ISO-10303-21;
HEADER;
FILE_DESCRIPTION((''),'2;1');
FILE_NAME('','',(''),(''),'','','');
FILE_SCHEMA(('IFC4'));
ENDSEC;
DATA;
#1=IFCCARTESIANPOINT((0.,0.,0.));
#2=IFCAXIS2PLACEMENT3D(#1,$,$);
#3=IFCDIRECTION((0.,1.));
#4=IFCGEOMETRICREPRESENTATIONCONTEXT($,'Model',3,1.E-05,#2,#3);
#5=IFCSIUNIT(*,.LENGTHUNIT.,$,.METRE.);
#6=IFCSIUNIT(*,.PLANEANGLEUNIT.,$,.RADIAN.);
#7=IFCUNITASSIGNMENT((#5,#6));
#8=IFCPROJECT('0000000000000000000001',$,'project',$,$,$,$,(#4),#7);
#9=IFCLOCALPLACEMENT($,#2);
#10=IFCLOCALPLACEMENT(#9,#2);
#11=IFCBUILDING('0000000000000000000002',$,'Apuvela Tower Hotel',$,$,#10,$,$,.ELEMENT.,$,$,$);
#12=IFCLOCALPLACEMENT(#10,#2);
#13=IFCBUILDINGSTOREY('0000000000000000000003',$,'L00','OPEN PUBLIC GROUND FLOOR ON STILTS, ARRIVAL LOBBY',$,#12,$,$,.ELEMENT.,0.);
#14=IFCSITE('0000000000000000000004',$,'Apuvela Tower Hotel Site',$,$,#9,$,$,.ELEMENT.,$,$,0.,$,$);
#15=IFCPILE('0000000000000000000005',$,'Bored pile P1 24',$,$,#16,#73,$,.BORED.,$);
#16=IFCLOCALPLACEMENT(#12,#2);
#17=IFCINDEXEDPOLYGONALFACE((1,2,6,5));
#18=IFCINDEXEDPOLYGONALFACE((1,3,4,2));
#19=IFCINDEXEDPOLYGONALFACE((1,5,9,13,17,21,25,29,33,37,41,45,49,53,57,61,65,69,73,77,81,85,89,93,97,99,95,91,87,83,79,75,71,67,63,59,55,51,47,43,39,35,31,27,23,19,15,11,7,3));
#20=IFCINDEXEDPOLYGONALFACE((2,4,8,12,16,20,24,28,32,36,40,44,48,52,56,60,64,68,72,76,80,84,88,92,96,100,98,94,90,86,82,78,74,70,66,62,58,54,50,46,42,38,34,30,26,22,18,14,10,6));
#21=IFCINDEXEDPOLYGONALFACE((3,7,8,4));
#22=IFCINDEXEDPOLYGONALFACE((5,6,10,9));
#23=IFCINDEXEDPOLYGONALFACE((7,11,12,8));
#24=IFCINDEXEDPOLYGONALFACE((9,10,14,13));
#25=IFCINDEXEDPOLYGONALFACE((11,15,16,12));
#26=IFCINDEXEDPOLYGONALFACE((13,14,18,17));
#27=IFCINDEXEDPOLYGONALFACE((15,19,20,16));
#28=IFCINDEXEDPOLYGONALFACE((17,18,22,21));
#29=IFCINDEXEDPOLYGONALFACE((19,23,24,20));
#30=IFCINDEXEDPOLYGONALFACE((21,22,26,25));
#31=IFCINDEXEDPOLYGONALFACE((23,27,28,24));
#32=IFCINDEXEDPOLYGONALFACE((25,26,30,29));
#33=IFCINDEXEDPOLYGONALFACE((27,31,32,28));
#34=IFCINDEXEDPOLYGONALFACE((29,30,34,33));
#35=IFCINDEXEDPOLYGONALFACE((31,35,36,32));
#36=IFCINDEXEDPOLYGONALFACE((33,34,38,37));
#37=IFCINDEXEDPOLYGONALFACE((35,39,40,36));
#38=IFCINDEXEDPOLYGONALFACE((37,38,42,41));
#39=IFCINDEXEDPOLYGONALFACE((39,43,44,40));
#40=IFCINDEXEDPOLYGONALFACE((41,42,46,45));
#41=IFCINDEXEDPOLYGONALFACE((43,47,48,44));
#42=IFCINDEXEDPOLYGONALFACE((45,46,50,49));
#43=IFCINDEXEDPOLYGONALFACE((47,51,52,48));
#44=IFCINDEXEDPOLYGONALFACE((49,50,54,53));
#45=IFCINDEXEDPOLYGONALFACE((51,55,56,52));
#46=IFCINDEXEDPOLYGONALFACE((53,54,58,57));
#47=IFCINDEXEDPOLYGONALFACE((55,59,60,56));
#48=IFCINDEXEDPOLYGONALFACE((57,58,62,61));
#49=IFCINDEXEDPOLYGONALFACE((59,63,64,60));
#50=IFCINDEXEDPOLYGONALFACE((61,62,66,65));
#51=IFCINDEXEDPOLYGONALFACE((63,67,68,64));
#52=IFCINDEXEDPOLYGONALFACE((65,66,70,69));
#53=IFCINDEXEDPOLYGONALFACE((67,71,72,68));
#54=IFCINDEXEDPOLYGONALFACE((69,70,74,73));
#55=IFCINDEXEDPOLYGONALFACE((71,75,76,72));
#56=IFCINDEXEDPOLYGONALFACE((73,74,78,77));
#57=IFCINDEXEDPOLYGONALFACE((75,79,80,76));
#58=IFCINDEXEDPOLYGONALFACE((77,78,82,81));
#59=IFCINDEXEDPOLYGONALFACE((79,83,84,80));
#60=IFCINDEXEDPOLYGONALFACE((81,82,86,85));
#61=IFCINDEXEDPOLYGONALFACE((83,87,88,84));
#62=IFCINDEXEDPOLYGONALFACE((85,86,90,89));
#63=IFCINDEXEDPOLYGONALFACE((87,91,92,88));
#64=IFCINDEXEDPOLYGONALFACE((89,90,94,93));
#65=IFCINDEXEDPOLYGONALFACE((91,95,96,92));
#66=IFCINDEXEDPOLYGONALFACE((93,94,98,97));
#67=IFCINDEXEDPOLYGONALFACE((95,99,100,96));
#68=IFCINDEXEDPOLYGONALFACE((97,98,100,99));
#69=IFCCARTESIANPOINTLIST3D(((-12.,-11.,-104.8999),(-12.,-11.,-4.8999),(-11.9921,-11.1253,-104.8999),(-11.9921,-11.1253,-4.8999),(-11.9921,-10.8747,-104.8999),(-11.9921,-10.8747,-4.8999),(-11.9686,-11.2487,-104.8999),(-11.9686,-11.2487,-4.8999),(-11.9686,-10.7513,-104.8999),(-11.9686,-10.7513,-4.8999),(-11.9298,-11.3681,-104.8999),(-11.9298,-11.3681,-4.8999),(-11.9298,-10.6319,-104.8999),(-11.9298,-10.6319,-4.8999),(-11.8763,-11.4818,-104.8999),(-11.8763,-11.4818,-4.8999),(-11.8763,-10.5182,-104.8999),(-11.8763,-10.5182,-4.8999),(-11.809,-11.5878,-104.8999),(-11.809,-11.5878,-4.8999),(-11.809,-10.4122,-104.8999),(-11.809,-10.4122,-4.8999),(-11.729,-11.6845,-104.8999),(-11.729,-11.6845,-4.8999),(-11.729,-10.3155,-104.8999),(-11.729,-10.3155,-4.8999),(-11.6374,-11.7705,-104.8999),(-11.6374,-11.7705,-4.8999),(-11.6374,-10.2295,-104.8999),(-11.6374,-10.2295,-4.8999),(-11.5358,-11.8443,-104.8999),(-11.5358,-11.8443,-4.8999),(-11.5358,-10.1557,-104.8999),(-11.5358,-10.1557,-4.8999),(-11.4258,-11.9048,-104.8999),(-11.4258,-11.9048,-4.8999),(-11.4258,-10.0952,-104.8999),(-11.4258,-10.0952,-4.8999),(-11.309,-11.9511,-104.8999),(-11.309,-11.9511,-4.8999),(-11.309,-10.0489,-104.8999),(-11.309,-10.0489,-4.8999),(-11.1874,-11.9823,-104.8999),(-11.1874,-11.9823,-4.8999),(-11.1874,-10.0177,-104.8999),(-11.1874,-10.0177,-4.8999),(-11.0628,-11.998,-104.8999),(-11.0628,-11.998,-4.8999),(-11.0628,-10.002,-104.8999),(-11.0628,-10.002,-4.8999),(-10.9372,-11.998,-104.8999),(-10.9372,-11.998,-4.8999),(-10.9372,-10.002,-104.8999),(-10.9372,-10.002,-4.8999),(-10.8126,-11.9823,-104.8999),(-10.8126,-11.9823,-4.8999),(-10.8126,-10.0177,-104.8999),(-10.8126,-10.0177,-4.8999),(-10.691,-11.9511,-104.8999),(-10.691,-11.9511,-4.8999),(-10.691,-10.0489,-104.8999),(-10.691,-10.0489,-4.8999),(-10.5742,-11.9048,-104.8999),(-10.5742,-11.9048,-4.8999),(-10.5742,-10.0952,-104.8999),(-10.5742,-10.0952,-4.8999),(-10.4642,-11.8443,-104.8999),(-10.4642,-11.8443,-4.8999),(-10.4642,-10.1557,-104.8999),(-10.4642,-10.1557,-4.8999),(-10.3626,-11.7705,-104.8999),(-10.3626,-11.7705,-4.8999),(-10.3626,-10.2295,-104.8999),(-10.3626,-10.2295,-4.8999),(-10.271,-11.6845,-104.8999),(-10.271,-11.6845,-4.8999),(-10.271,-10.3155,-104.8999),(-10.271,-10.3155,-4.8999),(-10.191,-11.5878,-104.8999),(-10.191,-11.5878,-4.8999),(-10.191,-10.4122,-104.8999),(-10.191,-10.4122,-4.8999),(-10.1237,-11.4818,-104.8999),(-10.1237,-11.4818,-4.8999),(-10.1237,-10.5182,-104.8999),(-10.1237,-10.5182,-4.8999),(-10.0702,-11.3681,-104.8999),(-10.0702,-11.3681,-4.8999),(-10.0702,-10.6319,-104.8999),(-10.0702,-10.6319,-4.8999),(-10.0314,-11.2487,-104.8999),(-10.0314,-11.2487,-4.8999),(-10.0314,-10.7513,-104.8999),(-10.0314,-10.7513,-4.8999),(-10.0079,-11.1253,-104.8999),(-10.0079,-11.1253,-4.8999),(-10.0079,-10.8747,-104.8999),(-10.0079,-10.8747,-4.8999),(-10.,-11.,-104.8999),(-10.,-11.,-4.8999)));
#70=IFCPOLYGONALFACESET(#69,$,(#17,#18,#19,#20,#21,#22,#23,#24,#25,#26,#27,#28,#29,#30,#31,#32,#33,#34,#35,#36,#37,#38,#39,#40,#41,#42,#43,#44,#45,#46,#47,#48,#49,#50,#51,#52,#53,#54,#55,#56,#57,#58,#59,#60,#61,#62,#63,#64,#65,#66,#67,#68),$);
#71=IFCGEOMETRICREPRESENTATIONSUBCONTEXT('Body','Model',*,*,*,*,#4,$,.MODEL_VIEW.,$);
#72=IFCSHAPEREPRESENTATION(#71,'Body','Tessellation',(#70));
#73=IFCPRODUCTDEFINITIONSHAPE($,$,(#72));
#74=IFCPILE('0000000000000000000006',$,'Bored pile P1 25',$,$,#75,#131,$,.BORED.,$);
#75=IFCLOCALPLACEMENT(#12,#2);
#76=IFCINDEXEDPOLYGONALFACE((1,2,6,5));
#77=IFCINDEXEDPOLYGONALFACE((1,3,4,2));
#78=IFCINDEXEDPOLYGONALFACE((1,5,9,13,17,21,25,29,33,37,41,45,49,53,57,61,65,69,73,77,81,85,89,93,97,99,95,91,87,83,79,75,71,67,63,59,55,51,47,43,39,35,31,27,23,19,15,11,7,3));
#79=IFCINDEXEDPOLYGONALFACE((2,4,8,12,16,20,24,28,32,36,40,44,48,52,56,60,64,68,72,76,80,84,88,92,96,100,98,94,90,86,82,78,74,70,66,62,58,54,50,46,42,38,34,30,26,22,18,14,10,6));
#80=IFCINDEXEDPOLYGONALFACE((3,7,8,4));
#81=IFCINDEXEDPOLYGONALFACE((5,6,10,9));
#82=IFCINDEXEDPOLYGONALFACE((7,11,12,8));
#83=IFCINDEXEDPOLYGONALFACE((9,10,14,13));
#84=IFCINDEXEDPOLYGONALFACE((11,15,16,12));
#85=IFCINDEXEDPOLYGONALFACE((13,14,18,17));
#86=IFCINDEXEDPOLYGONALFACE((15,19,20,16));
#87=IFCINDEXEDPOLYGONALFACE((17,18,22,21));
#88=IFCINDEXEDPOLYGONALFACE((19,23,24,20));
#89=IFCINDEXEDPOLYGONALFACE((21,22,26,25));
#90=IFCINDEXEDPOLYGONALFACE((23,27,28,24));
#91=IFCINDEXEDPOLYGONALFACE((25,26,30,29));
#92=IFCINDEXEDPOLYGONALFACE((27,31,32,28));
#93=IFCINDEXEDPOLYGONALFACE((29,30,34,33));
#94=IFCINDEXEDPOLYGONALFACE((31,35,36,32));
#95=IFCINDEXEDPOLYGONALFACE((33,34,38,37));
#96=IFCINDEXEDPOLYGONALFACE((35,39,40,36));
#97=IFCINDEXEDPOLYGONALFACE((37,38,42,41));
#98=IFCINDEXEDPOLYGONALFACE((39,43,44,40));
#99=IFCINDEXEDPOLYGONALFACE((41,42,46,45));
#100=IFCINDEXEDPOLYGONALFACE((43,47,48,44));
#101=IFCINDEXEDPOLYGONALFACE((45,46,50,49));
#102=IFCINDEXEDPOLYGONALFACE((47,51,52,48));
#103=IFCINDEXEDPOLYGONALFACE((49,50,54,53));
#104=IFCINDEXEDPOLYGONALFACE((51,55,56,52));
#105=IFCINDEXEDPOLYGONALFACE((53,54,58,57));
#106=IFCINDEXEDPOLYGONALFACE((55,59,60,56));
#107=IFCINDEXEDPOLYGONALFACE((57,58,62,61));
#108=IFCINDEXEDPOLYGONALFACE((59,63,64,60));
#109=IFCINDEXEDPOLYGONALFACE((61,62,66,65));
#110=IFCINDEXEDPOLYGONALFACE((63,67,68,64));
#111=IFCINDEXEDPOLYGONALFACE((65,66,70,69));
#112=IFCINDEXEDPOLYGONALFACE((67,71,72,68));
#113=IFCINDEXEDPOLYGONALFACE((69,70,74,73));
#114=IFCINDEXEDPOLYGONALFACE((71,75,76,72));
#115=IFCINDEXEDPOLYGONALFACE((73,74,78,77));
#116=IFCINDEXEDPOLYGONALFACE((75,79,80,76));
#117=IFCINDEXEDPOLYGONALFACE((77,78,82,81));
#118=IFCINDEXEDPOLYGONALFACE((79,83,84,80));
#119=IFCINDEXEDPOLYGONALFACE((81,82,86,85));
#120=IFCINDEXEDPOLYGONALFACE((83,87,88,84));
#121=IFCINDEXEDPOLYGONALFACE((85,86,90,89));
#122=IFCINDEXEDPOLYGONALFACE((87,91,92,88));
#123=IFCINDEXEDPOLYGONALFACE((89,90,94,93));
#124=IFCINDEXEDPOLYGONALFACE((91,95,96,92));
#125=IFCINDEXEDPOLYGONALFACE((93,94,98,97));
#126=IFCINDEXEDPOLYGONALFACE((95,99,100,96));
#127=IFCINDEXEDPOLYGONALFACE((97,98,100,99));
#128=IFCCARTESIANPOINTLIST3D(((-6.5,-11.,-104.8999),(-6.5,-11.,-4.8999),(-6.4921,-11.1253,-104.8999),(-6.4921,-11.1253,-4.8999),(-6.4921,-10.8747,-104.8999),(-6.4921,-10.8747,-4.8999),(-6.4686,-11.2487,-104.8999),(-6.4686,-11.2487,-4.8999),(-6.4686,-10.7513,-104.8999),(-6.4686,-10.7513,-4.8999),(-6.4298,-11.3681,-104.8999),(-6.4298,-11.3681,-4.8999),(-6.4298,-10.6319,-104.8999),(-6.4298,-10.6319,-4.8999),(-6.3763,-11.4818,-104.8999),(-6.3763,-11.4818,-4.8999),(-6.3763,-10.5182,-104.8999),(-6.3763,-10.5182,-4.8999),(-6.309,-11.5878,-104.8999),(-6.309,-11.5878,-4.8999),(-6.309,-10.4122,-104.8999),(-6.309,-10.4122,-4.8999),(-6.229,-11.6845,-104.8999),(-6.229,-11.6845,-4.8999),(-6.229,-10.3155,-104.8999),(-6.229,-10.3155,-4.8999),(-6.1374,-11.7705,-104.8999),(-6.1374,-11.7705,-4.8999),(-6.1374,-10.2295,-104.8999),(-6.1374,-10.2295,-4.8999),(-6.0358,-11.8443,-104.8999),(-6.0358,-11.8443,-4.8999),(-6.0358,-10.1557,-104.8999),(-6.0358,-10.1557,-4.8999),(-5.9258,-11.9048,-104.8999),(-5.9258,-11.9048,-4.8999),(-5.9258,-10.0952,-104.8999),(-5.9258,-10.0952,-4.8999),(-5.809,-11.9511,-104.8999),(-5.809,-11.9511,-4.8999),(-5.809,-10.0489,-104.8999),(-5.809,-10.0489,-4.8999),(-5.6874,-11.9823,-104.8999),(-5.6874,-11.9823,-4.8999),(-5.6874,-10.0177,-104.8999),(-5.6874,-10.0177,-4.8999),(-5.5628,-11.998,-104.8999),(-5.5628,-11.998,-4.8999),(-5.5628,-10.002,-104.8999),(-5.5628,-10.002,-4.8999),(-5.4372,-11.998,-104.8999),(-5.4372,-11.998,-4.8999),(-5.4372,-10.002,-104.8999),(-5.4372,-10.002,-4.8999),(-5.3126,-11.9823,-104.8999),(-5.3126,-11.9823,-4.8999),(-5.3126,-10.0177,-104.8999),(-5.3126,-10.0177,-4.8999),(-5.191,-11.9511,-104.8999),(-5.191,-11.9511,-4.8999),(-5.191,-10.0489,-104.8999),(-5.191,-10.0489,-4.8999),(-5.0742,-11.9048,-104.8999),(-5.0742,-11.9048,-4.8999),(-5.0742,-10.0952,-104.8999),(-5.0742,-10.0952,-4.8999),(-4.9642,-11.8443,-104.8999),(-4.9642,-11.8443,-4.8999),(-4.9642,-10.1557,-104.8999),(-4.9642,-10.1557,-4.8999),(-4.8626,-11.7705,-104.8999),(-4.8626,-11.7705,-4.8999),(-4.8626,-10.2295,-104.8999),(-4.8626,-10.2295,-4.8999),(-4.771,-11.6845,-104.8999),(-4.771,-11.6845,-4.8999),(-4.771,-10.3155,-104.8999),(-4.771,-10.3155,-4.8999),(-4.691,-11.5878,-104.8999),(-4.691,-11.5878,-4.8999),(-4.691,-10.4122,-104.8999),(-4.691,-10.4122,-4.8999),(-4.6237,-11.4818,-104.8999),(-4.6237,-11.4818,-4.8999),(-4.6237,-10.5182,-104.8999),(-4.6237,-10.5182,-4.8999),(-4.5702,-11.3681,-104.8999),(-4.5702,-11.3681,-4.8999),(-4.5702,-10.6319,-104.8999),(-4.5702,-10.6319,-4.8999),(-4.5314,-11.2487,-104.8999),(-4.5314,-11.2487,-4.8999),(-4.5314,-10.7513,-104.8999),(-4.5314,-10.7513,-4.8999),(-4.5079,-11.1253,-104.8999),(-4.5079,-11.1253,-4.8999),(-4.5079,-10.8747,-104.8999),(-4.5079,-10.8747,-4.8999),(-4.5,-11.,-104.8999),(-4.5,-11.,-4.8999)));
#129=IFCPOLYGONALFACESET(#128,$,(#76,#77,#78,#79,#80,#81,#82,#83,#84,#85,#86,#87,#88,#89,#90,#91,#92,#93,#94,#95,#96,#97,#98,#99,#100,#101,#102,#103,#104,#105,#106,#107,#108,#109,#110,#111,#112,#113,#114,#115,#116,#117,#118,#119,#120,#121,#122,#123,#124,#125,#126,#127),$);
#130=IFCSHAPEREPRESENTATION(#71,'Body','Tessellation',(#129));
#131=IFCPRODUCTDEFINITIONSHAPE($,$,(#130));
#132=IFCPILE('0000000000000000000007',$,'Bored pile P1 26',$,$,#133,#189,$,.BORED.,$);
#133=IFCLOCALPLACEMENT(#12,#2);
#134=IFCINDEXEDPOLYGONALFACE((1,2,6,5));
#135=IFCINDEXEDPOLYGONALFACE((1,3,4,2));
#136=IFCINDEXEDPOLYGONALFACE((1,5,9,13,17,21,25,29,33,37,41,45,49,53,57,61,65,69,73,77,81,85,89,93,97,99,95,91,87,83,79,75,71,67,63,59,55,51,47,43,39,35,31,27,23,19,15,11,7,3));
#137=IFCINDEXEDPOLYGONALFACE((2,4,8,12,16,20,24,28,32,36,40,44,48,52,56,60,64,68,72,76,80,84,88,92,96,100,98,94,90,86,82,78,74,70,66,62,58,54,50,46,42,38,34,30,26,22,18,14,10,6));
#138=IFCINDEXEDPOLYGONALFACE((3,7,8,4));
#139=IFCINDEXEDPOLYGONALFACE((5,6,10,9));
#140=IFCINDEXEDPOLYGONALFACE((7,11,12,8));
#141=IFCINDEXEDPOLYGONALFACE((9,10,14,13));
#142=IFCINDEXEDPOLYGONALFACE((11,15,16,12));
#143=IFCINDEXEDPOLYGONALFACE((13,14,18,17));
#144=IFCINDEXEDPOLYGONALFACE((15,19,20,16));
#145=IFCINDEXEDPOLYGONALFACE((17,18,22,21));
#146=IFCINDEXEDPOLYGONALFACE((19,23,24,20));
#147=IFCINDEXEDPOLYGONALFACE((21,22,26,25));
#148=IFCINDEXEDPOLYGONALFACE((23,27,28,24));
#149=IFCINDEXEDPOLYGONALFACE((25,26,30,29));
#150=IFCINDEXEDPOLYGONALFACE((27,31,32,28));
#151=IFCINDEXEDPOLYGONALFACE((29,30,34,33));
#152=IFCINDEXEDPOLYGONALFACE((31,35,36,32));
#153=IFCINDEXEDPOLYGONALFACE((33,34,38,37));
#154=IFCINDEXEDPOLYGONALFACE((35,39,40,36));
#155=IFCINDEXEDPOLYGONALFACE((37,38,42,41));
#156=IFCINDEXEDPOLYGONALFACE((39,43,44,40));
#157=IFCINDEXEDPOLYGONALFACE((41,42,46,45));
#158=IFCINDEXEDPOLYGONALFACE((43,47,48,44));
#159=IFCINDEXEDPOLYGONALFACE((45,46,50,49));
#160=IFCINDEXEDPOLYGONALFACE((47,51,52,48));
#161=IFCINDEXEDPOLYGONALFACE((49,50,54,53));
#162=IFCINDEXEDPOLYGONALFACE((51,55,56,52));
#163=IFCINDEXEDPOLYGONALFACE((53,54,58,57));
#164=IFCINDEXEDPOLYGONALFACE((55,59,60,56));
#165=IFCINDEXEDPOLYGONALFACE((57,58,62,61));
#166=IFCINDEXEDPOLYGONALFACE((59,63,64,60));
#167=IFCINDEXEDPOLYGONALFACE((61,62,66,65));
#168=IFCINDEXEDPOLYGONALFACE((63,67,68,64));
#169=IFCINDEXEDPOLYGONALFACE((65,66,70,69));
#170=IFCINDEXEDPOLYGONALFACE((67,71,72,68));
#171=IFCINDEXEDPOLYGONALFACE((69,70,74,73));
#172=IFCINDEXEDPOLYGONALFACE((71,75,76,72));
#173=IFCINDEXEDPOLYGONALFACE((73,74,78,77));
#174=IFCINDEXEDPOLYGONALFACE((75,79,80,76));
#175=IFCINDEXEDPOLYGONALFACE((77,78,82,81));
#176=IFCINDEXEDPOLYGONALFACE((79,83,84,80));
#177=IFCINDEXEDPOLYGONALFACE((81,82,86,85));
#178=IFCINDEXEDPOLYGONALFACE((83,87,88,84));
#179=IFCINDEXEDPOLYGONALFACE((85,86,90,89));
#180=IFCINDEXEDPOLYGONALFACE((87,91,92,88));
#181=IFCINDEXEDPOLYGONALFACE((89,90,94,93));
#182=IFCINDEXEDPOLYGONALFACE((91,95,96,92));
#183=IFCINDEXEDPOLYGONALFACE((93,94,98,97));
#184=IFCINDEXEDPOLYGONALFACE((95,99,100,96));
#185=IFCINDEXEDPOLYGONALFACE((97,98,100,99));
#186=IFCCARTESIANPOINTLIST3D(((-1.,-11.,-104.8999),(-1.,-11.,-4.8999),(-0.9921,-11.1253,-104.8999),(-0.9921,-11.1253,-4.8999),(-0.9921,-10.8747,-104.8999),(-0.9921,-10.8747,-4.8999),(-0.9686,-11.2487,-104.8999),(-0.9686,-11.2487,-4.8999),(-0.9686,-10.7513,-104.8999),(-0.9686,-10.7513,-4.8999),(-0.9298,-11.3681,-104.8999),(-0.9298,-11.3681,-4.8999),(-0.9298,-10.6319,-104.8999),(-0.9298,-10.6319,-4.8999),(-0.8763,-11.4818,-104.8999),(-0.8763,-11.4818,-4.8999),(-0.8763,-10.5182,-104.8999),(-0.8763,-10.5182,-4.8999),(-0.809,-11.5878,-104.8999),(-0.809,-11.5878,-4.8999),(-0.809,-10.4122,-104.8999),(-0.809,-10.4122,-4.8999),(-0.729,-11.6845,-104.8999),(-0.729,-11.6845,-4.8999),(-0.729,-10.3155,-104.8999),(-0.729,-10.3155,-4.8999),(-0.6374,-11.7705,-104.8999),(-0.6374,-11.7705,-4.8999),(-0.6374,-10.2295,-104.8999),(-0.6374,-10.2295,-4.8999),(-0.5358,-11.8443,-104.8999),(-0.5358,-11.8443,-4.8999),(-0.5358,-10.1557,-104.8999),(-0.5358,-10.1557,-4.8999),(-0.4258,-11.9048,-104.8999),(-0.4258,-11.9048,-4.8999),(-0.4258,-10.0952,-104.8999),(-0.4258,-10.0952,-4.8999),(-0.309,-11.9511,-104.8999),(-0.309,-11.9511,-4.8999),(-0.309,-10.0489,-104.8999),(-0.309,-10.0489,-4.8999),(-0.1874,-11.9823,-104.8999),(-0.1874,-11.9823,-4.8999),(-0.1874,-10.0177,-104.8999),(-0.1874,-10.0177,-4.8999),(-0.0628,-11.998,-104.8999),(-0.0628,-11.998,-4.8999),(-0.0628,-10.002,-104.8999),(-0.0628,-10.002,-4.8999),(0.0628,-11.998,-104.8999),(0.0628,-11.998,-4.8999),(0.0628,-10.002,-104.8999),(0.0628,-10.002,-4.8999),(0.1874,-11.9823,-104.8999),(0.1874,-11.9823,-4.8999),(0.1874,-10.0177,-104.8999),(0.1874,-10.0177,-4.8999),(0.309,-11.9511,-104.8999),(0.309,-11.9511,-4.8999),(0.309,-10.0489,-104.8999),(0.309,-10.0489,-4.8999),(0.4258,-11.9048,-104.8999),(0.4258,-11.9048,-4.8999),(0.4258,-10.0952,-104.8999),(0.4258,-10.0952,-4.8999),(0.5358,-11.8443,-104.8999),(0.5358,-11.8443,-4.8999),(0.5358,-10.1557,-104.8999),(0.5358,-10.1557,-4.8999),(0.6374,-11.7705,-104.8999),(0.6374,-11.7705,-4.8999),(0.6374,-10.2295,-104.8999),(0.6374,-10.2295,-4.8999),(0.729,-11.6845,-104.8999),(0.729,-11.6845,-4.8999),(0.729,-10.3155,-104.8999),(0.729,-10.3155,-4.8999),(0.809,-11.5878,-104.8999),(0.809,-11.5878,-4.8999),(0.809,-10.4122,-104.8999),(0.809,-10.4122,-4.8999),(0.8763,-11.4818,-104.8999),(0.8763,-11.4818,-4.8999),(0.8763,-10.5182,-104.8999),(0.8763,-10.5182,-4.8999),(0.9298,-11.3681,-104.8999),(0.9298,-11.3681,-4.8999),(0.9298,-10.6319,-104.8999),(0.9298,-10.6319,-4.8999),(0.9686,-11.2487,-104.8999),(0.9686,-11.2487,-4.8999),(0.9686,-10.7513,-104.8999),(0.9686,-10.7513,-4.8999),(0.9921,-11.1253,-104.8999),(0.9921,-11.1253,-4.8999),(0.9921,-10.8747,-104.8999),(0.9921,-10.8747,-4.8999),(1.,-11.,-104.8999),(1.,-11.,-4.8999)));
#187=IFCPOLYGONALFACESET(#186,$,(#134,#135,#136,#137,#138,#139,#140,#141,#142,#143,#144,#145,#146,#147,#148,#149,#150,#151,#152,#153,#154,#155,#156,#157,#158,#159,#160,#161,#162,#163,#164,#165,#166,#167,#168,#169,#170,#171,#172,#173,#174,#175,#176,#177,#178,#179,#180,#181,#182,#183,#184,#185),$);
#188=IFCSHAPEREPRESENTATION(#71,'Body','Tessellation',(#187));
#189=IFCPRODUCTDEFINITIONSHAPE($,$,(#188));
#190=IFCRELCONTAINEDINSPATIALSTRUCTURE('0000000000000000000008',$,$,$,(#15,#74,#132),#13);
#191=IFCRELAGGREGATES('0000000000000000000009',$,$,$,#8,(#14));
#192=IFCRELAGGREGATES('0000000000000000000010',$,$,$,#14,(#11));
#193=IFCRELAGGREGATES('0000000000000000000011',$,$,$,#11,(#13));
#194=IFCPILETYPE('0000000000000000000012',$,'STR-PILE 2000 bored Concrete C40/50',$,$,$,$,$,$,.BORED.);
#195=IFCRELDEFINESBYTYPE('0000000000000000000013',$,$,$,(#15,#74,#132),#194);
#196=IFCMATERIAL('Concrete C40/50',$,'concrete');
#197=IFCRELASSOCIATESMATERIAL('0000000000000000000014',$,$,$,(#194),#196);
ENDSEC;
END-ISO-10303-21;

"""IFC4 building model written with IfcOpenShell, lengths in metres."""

from ifc_helpers import new_model, si_unit, direction, frame, origin, origin_2d, place, context, subcontext, project, spatial, circle, extrude, material, material_profile, profile_set, type_object, element, save


model = new_model("IFC4")

# Units and contexts
model_context = context("Model", 3, precision=1e-05, world=origin(), true_north=direction((0.0, 1.0)))
body_context = subcontext(model_context, "Body", "Model", "MODEL_VIEW")
ifc_project = project(units=[si_unit("LENGTHUNIT", "METRE"), si_unit("PLANEANGLEUNIT", "RADIAN")], contexts=[model_context])

# Site, building, storey
site_placement = place(None, origin())
site = spatial("IfcSite", under=ifc_project, at=site_placement, Name="Apuvela Tower Hotel Site", CompositionType="ELEMENT", RefElevation=0.0)
building_placement = place(site_placement, origin())
building = spatial("IfcBuilding", under=site, at=building_placement, Name="Apuvela Tower Hotel", CompositionType="ELEMENT")
storey_placement = place(building_placement, origin())
storey = spatial("IfcBuildingStorey", under=building, at=storey_placement, Name="L00", Description="OPEN PUBLIC GROUND FLOOR ON STILTS, ARRIVAL LOBBY", CompositionType="ELEMENT", Elevation=0.0)

# Piles
ifc_material_1 = material(Name="Concrete C40/50", Category="concrete")
ifc_material_profile_1 = material_profile(ifc_material_1, circle(Radius=1.0, at=origin_2d()), Name="PILE 2000")
ifc_profile_set_1 = profile_set([ifc_material_profile_1], Name="Concrete C40/50")
pile_type = type_object("IfcPileType", Name="STR-PILE 2000 bored Concrete C40/50", PredefinedType="BORED", material=ifc_profile_set_1)
for number, where, z_axis, x_axis, name in (
    (1, (-11.0, -11.0, -4.8999), (0.0, 0.0, -1.0), (1.0, 0.0, 0.0), "Bored pile P1 24"),
    (2, (-5.5, -11.0, -4.8999), (0.0, 0.0, -1.0), (1.0, 0.0, 0.0), "Bored pile P1 25"),
    (3, (0.0, -11.0, -4.8999), (0.0, 0.0, -1.0), (1.0, 0.0, 0.0), "Bored pile P1 26"),
):
    element("IfcPile", number, at=place(storey_placement, frame(where, z_axis=z_axis, x_axis=x_axis)), inside=storey, type_object=pile_type, Name=name, PredefinedType="BORED", context=body_context, shape_type="SweptSolid", body=[
        extrude(circle(Radius=1.0, at=origin_2d()), origin(), (0.0, 0.0, 1.0), 100.0),
    ])

save(model, "model.ifc")
